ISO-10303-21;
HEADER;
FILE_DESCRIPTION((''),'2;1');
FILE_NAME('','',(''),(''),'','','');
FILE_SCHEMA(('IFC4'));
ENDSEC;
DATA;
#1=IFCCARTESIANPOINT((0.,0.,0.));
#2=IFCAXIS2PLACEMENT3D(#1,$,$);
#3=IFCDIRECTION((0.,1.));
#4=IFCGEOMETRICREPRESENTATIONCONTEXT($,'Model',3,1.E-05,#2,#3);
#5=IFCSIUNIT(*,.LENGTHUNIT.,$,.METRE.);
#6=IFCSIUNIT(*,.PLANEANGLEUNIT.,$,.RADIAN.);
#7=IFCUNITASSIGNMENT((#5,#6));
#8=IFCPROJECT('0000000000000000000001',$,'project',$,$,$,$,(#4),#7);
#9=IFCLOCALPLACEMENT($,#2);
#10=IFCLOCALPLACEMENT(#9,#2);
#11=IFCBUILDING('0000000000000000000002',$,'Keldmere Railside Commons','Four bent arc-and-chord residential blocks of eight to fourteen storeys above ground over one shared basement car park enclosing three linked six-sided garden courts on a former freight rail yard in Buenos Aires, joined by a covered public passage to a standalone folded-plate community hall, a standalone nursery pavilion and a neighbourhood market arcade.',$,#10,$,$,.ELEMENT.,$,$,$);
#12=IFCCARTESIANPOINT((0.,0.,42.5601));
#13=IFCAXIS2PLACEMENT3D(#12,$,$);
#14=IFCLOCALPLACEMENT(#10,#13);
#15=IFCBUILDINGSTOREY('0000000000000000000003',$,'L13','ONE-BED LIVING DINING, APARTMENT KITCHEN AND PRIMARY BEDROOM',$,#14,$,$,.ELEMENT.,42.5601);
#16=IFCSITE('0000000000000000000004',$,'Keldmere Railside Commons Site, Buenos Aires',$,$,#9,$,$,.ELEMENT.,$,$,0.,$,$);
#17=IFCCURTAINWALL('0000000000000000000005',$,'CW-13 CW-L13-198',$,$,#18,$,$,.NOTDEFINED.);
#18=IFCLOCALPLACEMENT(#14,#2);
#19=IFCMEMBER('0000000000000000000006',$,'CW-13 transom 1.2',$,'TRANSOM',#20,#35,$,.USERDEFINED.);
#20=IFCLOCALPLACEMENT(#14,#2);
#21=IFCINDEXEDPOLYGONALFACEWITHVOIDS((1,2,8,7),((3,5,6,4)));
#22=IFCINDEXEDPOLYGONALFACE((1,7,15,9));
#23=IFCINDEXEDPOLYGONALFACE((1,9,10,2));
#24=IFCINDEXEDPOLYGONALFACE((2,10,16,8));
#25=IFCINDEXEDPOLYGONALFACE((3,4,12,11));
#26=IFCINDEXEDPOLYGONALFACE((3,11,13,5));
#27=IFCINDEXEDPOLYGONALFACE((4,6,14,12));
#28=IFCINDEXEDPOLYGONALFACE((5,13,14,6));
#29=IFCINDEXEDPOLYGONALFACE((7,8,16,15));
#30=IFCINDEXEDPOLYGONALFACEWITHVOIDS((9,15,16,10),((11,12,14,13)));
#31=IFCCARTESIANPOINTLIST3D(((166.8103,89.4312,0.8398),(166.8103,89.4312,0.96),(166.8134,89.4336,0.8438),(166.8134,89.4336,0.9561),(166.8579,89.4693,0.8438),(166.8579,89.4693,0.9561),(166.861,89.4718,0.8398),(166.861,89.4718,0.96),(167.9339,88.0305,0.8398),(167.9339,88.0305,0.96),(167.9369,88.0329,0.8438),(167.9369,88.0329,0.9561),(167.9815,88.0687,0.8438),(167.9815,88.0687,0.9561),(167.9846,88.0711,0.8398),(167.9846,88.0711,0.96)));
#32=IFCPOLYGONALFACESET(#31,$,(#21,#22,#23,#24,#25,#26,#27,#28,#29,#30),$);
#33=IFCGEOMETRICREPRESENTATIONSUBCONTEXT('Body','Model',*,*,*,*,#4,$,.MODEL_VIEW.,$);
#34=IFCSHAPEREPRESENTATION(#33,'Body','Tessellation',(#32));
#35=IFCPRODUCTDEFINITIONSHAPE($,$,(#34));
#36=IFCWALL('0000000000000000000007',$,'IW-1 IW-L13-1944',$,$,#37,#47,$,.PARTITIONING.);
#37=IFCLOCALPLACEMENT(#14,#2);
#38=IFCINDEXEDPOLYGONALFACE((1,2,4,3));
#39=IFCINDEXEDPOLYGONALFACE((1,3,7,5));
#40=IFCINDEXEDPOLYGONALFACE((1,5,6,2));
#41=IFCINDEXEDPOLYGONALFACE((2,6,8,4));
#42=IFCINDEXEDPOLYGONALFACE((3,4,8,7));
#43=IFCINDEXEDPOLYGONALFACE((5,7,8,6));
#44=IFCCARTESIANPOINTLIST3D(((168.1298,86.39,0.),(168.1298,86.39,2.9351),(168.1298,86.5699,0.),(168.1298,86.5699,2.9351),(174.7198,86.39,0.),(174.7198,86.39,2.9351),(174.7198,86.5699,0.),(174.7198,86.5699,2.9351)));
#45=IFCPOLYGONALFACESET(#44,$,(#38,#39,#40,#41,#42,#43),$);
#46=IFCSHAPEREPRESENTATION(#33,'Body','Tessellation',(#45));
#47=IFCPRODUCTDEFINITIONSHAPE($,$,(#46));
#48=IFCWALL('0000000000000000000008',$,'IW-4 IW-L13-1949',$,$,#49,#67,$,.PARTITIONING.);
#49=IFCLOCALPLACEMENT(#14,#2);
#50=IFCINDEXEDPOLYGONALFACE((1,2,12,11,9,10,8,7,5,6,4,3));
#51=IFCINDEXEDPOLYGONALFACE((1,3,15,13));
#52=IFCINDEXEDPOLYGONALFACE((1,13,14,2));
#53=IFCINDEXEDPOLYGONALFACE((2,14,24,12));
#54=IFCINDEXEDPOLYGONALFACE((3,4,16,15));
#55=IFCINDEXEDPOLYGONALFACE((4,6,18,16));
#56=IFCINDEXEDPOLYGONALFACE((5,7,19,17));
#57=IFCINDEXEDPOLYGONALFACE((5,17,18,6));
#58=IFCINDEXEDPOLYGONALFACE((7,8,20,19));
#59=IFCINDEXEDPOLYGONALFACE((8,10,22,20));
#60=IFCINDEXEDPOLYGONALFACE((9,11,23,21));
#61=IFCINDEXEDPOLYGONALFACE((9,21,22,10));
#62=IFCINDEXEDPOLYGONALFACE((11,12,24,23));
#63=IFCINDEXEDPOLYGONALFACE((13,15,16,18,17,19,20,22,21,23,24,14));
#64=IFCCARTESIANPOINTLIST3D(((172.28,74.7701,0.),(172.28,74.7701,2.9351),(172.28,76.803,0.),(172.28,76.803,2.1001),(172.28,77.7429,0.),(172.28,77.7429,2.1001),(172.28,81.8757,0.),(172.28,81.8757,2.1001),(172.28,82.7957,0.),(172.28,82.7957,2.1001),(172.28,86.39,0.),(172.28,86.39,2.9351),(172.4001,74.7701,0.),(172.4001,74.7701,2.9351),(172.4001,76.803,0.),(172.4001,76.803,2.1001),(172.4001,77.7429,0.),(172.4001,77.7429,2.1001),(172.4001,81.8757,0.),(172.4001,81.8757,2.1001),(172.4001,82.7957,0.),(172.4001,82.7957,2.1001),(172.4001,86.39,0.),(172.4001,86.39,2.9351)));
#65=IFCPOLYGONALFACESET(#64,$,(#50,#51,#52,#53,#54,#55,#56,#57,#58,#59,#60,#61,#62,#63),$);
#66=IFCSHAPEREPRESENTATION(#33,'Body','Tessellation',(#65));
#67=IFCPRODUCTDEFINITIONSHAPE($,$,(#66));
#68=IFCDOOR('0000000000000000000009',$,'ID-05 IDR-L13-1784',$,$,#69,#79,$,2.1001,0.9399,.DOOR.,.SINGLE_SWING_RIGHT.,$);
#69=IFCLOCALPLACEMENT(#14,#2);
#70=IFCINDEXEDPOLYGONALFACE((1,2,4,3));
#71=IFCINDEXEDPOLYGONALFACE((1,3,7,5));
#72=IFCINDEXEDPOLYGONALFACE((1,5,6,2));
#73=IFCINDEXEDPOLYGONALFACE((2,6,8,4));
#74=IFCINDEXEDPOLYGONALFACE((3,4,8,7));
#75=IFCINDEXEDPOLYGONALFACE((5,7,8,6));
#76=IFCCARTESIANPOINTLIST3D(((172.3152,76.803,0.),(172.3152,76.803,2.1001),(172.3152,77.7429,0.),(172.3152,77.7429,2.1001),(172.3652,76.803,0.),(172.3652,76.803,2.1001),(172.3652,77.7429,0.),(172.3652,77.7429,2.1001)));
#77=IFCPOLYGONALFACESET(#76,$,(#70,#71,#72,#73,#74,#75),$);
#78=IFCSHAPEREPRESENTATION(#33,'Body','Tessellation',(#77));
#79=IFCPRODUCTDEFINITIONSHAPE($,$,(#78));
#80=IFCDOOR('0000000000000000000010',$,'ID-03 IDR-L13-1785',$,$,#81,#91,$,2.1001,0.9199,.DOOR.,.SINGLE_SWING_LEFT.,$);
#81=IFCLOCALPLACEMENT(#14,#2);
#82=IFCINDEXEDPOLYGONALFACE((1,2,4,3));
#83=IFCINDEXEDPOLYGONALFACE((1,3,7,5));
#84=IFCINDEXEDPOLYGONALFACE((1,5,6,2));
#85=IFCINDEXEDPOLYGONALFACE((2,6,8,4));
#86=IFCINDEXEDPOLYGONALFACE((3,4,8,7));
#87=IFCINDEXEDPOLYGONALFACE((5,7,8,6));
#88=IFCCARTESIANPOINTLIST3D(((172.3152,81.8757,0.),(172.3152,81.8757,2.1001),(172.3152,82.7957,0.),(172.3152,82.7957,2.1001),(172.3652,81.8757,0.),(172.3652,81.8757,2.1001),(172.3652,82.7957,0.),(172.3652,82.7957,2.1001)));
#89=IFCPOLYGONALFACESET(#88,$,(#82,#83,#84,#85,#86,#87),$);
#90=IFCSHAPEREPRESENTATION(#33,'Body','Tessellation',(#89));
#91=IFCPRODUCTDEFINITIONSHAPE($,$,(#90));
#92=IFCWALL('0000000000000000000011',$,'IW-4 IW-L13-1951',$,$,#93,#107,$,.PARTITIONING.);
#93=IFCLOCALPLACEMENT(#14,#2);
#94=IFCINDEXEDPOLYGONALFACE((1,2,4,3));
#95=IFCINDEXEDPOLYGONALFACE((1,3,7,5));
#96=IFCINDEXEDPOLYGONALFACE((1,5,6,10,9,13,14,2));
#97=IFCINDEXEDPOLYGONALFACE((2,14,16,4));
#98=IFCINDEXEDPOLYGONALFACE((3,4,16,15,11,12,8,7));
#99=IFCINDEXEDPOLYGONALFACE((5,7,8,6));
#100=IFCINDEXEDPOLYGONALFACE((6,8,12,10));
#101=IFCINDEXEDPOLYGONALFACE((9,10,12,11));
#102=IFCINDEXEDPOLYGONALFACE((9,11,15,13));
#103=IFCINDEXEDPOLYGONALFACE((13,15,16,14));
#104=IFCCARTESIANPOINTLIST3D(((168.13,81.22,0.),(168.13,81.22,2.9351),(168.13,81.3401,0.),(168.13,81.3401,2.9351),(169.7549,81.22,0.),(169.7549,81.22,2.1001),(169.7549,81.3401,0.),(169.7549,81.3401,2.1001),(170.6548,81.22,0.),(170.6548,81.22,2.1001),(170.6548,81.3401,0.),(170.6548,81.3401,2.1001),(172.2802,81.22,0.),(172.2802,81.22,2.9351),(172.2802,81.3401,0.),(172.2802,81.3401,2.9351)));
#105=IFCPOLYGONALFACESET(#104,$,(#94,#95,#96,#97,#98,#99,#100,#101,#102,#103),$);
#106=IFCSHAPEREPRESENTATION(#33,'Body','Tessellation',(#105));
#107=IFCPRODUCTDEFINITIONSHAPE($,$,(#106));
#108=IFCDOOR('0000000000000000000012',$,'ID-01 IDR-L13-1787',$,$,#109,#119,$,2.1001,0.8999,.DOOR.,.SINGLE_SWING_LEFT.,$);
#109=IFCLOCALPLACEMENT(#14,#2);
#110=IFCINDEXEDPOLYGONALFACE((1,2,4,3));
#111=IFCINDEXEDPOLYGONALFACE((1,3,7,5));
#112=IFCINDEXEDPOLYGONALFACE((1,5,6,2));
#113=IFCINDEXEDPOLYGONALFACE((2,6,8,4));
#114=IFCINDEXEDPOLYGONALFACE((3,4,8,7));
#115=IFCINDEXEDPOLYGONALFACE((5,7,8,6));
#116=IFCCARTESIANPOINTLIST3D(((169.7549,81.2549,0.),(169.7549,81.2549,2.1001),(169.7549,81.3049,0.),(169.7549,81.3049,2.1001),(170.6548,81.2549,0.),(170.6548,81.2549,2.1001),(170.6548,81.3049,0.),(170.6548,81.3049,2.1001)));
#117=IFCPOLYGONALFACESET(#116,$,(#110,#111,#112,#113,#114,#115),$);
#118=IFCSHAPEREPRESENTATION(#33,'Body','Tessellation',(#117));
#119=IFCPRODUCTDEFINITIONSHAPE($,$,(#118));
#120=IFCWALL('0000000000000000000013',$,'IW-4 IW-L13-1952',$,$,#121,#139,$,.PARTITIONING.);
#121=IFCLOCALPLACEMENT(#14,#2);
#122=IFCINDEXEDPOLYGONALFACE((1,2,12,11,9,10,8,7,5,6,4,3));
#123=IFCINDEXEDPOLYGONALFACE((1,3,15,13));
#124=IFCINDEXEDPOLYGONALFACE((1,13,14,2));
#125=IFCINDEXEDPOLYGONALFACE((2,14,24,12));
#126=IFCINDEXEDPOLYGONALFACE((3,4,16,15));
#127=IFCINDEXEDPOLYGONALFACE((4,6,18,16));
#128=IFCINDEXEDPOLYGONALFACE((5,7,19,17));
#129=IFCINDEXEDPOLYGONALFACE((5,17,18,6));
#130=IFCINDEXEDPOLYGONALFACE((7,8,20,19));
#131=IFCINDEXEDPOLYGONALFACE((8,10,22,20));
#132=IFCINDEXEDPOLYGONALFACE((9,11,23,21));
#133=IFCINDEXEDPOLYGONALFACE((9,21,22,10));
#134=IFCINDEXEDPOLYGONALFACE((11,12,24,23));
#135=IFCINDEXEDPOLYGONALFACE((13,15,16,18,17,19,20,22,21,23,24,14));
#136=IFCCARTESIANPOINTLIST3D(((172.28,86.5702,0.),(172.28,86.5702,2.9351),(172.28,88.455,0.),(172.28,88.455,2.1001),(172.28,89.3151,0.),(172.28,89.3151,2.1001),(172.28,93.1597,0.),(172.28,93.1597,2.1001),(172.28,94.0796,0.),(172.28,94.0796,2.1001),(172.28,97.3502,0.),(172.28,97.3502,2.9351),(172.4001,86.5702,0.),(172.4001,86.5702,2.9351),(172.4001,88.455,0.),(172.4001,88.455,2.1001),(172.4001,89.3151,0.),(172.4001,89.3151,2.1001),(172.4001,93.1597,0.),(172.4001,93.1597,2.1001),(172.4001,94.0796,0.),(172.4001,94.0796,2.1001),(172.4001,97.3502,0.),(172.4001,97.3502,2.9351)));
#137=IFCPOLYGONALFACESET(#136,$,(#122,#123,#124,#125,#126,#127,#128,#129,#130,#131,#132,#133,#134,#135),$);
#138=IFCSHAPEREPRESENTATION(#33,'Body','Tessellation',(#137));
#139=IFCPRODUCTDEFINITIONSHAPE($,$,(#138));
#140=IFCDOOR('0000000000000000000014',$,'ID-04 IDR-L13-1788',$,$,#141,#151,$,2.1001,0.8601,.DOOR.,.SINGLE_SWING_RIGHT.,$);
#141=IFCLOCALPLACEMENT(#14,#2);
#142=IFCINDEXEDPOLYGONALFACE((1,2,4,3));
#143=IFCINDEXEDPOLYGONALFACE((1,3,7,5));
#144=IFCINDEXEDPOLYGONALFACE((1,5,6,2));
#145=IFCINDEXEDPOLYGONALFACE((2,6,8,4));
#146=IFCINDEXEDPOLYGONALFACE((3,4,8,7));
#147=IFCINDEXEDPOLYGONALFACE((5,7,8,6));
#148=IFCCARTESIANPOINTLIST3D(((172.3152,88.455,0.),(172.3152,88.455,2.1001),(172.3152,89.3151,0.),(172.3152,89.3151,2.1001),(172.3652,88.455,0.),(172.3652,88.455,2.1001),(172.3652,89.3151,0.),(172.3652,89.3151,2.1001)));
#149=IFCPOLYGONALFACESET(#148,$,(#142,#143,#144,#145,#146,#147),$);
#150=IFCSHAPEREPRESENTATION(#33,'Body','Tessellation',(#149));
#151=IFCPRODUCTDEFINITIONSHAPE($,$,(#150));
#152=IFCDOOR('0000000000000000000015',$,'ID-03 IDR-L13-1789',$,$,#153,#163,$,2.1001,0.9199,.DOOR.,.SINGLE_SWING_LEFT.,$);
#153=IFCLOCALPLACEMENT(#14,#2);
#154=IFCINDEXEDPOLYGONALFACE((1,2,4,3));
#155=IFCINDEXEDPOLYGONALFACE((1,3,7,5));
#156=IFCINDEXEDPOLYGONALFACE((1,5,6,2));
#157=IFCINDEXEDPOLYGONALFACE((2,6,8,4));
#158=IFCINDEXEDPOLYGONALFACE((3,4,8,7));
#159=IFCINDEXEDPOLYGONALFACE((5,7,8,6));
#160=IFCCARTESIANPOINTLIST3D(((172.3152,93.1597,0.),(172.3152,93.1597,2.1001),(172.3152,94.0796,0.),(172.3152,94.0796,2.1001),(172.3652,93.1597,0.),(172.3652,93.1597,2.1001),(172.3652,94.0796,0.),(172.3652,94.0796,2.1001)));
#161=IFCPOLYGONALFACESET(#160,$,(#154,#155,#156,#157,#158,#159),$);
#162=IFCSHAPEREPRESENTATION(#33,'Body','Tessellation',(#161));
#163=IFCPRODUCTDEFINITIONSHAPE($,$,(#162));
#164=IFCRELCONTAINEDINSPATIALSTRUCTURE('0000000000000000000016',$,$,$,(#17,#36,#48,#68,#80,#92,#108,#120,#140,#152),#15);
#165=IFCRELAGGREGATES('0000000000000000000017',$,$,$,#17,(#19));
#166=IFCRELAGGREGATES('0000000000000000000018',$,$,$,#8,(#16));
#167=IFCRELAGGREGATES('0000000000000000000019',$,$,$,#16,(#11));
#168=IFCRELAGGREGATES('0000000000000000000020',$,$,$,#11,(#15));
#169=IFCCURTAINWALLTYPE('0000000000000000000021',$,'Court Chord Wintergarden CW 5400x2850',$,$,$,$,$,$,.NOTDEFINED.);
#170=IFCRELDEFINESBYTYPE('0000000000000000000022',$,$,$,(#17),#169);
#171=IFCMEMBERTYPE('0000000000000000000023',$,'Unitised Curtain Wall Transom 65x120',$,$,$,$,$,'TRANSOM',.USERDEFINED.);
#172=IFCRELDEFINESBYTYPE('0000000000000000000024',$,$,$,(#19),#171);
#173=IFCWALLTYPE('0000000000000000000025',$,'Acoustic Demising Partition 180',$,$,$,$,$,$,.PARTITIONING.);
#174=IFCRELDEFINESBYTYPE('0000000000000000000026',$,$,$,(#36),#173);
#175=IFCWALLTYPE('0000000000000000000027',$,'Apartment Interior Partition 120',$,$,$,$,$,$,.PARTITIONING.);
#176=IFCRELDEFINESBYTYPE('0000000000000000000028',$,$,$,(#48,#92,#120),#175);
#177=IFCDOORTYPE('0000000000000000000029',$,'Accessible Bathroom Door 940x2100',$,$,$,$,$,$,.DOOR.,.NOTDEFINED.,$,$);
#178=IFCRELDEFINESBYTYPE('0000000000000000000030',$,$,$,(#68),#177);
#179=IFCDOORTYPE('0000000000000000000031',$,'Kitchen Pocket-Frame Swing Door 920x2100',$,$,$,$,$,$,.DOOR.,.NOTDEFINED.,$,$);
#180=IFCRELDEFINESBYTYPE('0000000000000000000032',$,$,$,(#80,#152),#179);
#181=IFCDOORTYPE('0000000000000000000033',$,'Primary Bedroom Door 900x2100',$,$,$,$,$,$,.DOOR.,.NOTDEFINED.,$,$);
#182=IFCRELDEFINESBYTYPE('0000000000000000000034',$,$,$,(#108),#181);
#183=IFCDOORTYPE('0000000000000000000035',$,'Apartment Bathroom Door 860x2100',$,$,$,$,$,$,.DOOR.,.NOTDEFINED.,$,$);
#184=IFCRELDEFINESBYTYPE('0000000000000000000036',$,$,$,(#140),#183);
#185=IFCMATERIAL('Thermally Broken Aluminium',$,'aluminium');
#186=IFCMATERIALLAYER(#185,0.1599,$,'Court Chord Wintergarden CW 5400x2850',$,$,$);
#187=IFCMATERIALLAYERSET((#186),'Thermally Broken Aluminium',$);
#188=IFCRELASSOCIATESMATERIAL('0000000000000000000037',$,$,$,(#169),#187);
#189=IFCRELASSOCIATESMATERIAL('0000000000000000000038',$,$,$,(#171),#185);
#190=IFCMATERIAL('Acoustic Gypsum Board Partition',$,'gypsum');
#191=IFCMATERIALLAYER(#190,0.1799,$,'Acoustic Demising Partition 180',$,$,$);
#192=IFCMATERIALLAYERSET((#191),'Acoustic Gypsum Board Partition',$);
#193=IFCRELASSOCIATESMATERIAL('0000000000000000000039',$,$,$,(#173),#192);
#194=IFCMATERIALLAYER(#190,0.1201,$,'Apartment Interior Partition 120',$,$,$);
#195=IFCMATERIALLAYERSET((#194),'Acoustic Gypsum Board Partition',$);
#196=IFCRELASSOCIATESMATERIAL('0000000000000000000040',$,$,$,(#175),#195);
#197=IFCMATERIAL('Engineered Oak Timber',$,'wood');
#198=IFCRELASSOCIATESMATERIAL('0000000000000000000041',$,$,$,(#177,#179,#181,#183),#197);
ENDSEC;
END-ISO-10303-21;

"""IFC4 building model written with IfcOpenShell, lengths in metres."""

from ifc_helpers import new_model, si_unit, direction, frame, frame_2d, origin, origin_2d, place, context, subcontext, project, spatial, rectangle, hollow_rectangle, extrude, material, layer, layer_set, material_profile, profile_set, type_object, element, fill, aggregate, save


model = new_model("IFC4")

# Units and contexts
model_context = context("Model", 3, precision=1e-05, world=origin(), true_north=direction((0.0, 1.0)))
body_context = subcontext(model_context, "Body", "Model", "MODEL_VIEW")
ifc_project = project(units=[si_unit("LENGTHUNIT", "METRE"), si_unit("PLANEANGLEUNIT", "RADIAN")], contexts=[model_context])

# Site, building, storey
site_placement = place(None, origin())
site = spatial("IfcSite", under=ifc_project, at=site_placement, Name="Keldmere Railside Commons Site, Buenos Aires", CompositionType="ELEMENT", RefElevation=0.0)
building_placement = place(site_placement, origin())
building = spatial("IfcBuilding", under=site, at=building_placement, Name="Keldmere Railside Commons", Description="Four bent arc-and-chord residential blocks of eight to fourteen storeys above ground over one shared basement car park enclosing three linked six-sided garden courts on a former freight rail yard in Buenos Aires, joined by a covered public passage to a standalone folded-plate community hall, a standalone nursery pavilion and a neighbourhood market arcade.", CompositionType="ELEMENT")
storey_placement = place(building_placement, frame((0.0, 0.0, 42.5601)))
storey = spatial("IfcBuildingStorey", under=building, at=storey_placement, Name="L13", Description="ONE-BED LIVING DINING, APARTMENT KITCHEN AND PRIMARY BEDROOM", CompositionType="ELEMENT", Elevation=42.5601)

# Curtain wall, member
ifc_material_1 = material(Name="Thermally Broken Aluminium", Category="aluminium")
ifc_layer_1 = layer(ifc_material_1, 0.1599, Name="Court Chord Wintergarden CW 5400x2850")
ifc_layer_set_1 = layer_set([ifc_layer_1], Name="Thermally Broken Aluminium")
curtain_wall_type = type_object("IfcCurtainWallType", Name="Court Chord Wintergarden CW 5400x2850", PredefinedType="NOTDEFINED", material=ifc_layer_set_1)
curtain_wall_placement = place(storey_placement, origin())
curtain_wall = element("IfcCurtainWall", 1, at=curtain_wall_placement, inside=storey, type_object=curtain_wall_type, Name="CW-13 CW-L13-198", PredefinedType="NOTDEFINED")
ifc_material_profile_1 = material_profile(ifc_material_1, hollow_rectangle(XDim=0.0649, YDim=0.1201, WallThickness=0.0039, at=origin_2d()), Name="ALU-TRAN-65x120")
ifc_profile_set_1 = profile_set([ifc_material_profile_1], Name="Thermally Broken Aluminium")
member_type_1 = type_object("IfcMemberType", Name="Unitised Curtain Wall Transom 65x120", ElementType="TRANSOM", PredefinedType="USERDEFINED", material=ifc_profile_set_1)
member_1_placement = place(storey_placement, frame((167.9592, 88.0508, 0.8999), z_axis=(-0.625723, 0.780046, 0.0), x_axis=(-0.780046, -0.625723, 0.0)))
member_1 = element("IfcMember", 2, at=member_1_placement, type_object=member_type_1, Name="CW-13 transom 1.2", ObjectType="TRANSOM", PredefinedType="USERDEFINED", context=body_context, shape_type="SweptSolid", body=[
    extrude(hollow_rectangle(XDim=0.0649, YDim=0.1201, WallThickness=0.0039, at=origin_2d()), origin(), (0.0, 0.0, 1.0), 1.7957),
])
aggregate(curtain_wall, [member_1])

# Wall
ifc_material_2 = material(Name="Acoustic Gypsum Board Partition", Category="gypsum")
ifc_layer_2 = layer(ifc_material_2, 0.1799, Name="Acoustic Demising Partition 180")
ifc_layer_set_2 = layer_set([ifc_layer_2], Name="Acoustic Gypsum Board Partition")
wall_type_1 = type_object("IfcWallType", Name="Acoustic Demising Partition 180", PredefinedType="PARTITIONING", material=ifc_layer_set_2)
wall_1_placement = place(storey_placement, frame((168.1299, 86.48, 0.0), z_axis=(0.0, 0.0, 1.0), x_axis=(1.0, 0.0, 0.0)))
element("IfcWall", 3, at=wall_1_placement, inside=storey, type_object=wall_type_1, Name="IW-1 IW-L13-1944", PredefinedType="PARTITIONING", context=body_context, shape_type="SweptSolid", body=[
    extrude(rectangle(XDim=6.5901, YDim=0.1799, at=frame_2d((3.2949, 0.0))), origin(), (0.0, 0.0, 1.0), 2.9351),
])

# Wall, openings, doors
ifc_layer_3 = layer(ifc_material_2, 0.1201, Name="Apartment Interior Partition 120")
ifc_layer_set_3 = layer_set([ifc_layer_3], Name="Acoustic Gypsum Board Partition")
wall_type_2 = type_object("IfcWallType", Name="Apartment Interior Partition 120", PredefinedType="PARTITIONING", material=ifc_layer_set_3)
wall_2_placement = place(storey_placement, frame((172.3401, 74.77, 0.0), z_axis=(0.0, 0.0, 1.0), x_axis=(0.0, 1.0, 0.0)))
wall_2 = element("IfcWall", 4, at=wall_2_placement, inside=storey, type_object=wall_type_2, Name="IW-4 IW-L13-1949", PredefinedType="PARTITIONING", context=body_context, shape_type="SweptSolid", body=[
    extrude(rectangle(XDim=11.6199, YDim=0.1201, at=frame_2d((5.8101, 0.0))), origin(), (0.0, 0.0, 1.0), 2.9351),
])
opening_1_placement = place(wall_2_placement, frame((2.033, 0.0, 0.0)))
opening_1 = element("IfcOpeningElement", 5, at=opening_1_placement, cuts=wall_2, PredefinedType="OPENING", context=body_context, shape_type="SweptSolid", body=[
    extrude(rectangle(XDim=0.9399, YDim=2.1001, at=frame_2d((0.47, 1.05))), frame((0.0, 0.0701, 0.0), z_axis=(0.0, -1.0, 0.0), x_axis=(1.0, 0.0, 0.0)), (0.0, 0.0, 1.0), 0.1401),
])
opening_2_placement = place(wall_2_placement, frame((7.1057, 0.0, 0.0)))
opening_2 = element("IfcOpeningElement", 6, at=opening_2_placement, cuts=wall_2, PredefinedType="OPENING", context=body_context, shape_type="SweptSolid", body=[
    extrude(rectangle(XDim=0.9199, YDim=2.1001, at=frame_2d((0.46, 1.05))), frame((0.0, 0.0701, 0.0), z_axis=(0.0, -1.0, 0.0), x_axis=(1.0, 0.0, 0.0)), (0.0, 0.0, 1.0), 0.1401),
])
ifc_material_3 = material(Name="Engineered Oak Timber", Category="wood")
door_type_1 = type_object("IfcDoorType", Name="Accessible Bathroom Door 940x2100", OperationType="NOTDEFINED", PredefinedType="DOOR", material=ifc_material_3)
door_1_placement = place(opening_1_placement, origin())
door_1 = element("IfcDoor", 7, at=door_1_placement, inside=storey, type_object=door_type_1, Name="ID-05 IDR-L13-1784", OperationType="SINGLE_SWING_RIGHT", OverallHeight=2.1001, OverallWidth=0.9399, PredefinedType="DOOR", context=body_context, shape_type="SweptSolid", body=[
    extrude(rectangle(XDim=0.9399, YDim=2.1001, at=frame_2d((0.47, 1.05))), frame((0.0, 0.0249, 0.0), z_axis=(0.0, -1.0, 0.0), x_axis=(1.0, 0.0, 0.0)), (0.0, 0.0, 1.0), 0.05),
])
fill(opening_1, door_1)
door_type_2 = type_object("IfcDoorType", Name="Kitchen Pocket-Frame Swing Door 920x2100", OperationType="NOTDEFINED", PredefinedType="DOOR", material=ifc_material_3)
door_2_placement = place(opening_2_placement, origin())
door_2 = element("IfcDoor", 8, at=door_2_placement, inside=storey, type_object=door_type_2, Name="ID-03 IDR-L13-1785", OperationType="SINGLE_SWING_LEFT", OverallHeight=2.1001, OverallWidth=0.9199, PredefinedType="DOOR", context=body_context, shape_type="SweptSolid", body=[
    extrude(rectangle(XDim=0.9199, YDim=2.1001, at=frame_2d((0.46, 1.05))), frame((0.0, 0.0249, 0.0), z_axis=(0.0, -1.0, 0.0), x_axis=(1.0, 0.0, 0.0)), (0.0, 0.0, 1.0), 0.05),
])
fill(opening_2, door_2)

# Wall, opening, door
wall_3_placement = place(storey_placement, frame((168.1299, 81.28, 0.0), z_axis=(0.0, 0.0, 1.0), x_axis=(1.0, 0.0, 0.0)))
wall_3 = element("IfcWall", 9, at=wall_3_placement, inside=storey, type_object=wall_type_2, Name="IW-4 IW-L13-1951", PredefinedType="PARTITIONING", context=body_context, shape_type="SweptSolid", body=[
    extrude(rectangle(XDim=4.1501, YDim=0.1201, at=frame_2d((2.0752, 0.0))), origin(), (0.0, 0.0, 1.0), 2.9351),
])
opening_3_placement = place(wall_3_placement, frame((1.625, 0.0, 0.0)))
opening_3 = element("IfcOpeningElement", 10, at=opening_3_placement, cuts=wall_3, PredefinedType="OPENING", context=body_context, shape_type="SweptSolid", body=[
    extrude(rectangle(XDim=0.8999, YDim=2.1001, at=frame_2d((0.45, 1.05))), frame((0.0, 0.0701, 0.0), z_axis=(0.0, -1.0, 0.0), x_axis=(1.0, 0.0, 0.0)), (0.0, 0.0, 1.0), 0.1401),
])
door_type_3 = type_object("IfcDoorType", Name="Primary Bedroom Door 900x2100", OperationType="NOTDEFINED", PredefinedType="DOOR", material=ifc_material_3)
door_3_placement = place(opening_3_placement, origin())
door_3 = element("IfcDoor", 11, at=door_3_placement, inside=storey, type_object=door_type_3, Name="ID-01 IDR-L13-1787", OperationType="SINGLE_SWING_LEFT", OverallHeight=2.1001, OverallWidth=0.8999, PredefinedType="DOOR", context=body_context, shape_type="SweptSolid", body=[
    extrude(rectangle(XDim=0.8999, YDim=2.1001, at=frame_2d((0.45, 1.05))), frame((0.0, 0.0249, 0.0), z_axis=(0.0, -1.0, 0.0), x_axis=(1.0, 0.0, 0.0)), (0.0, 0.0, 1.0), 0.05),
])
fill(opening_3, door_3)

# Wall, openings, doors
wall_4_placement = place(storey_placement, frame((172.3401, 86.5701, 0.0), z_axis=(0.0, 0.0, 1.0), x_axis=(0.0, 1.0, 0.0)))
wall_4 = element("IfcWall", 12, at=wall_4_placement, inside=storey, type_object=wall_type_2, Name="IW-4 IW-L13-1952", PredefinedType="PARTITIONING", context=body_context, shape_type="SweptSolid", body=[
    extrude(rectangle(XDim=10.78, YDim=0.1201, at=frame_2d((5.3901, 0.0))), origin(), (0.0, 0.0, 1.0), 2.9351),
])
opening_4_placement = place(wall_4_placement, frame((1.8848, 0.0, 0.0)))
opening_4 = element("IfcOpeningElement", 13, at=opening_4_placement, cuts=wall_4, PredefinedType="OPENING", context=body_context, shape_type="SweptSolid", body=[
    extrude(rectangle(XDim=0.8601, YDim=2.1001, at=frame_2d((0.4302, 1.05))), frame((0.0, 0.0701, 0.0), z_axis=(0.0, -1.0, 0.0), x_axis=(1.0, 0.0, 0.0)), (0.0, 0.0, 1.0), 0.1401),
])
opening_5_placement = place(wall_4_placement, frame((6.5896, 0.0, 0.0)))
opening_5 = element("IfcOpeningElement", 14, at=opening_5_placement, cuts=wall_4, PredefinedType="OPENING", context=body_context, shape_type="SweptSolid", body=[
    extrude(rectangle(XDim=0.9199, YDim=2.1001, at=frame_2d((0.46, 1.05))), frame((0.0, 0.0701, 0.0), z_axis=(0.0, -1.0, 0.0), x_axis=(1.0, 0.0, 0.0)), (0.0, 0.0, 1.0), 0.1401),
])
door_type_4 = type_object("IfcDoorType", Name="Apartment Bathroom Door 860x2100", OperationType="NOTDEFINED", PredefinedType="DOOR", material=ifc_material_3)
door_4_placement = place(opening_4_placement, origin())
door_4 = element("IfcDoor", 15, at=door_4_placement, inside=storey, type_object=door_type_4, Name="ID-04 IDR-L13-1788", OperationType="SINGLE_SWING_RIGHT", OverallHeight=2.1001, OverallWidth=0.8601, PredefinedType="DOOR", context=body_context, shape_type="SweptSolid", body=[
    extrude(rectangle(XDim=0.8601, YDim=2.1001, at=frame_2d((0.4302, 1.05))), frame((0.0, 0.0249, 0.0), z_axis=(0.0, -1.0, 0.0), x_axis=(1.0, 0.0, 0.0)), (0.0, 0.0, 1.0), 0.05),
])
fill(opening_4, door_4)
door_5_placement = place(opening_5_placement, origin())
door_5 = element("IfcDoor", 16, at=door_5_placement, inside=storey, type_object=door_type_2, Name="ID-03 IDR-L13-1789", OperationType="SINGLE_SWING_LEFT", OverallHeight=2.1001, OverallWidth=0.9199, PredefinedType="DOOR", context=body_context, shape_type="SweptSolid", body=[
    extrude(rectangle(XDim=0.9199, YDim=2.1001, at=frame_2d((0.46, 1.05))), frame((0.0, 0.0249, 0.0), z_axis=(0.0, -1.0, 0.0), x_axis=(1.0, 0.0, 0.0)), (0.0, 0.0, 1.0), 0.05),
])
fill(opening_5, door_5)

save(model, "model.ifc")
